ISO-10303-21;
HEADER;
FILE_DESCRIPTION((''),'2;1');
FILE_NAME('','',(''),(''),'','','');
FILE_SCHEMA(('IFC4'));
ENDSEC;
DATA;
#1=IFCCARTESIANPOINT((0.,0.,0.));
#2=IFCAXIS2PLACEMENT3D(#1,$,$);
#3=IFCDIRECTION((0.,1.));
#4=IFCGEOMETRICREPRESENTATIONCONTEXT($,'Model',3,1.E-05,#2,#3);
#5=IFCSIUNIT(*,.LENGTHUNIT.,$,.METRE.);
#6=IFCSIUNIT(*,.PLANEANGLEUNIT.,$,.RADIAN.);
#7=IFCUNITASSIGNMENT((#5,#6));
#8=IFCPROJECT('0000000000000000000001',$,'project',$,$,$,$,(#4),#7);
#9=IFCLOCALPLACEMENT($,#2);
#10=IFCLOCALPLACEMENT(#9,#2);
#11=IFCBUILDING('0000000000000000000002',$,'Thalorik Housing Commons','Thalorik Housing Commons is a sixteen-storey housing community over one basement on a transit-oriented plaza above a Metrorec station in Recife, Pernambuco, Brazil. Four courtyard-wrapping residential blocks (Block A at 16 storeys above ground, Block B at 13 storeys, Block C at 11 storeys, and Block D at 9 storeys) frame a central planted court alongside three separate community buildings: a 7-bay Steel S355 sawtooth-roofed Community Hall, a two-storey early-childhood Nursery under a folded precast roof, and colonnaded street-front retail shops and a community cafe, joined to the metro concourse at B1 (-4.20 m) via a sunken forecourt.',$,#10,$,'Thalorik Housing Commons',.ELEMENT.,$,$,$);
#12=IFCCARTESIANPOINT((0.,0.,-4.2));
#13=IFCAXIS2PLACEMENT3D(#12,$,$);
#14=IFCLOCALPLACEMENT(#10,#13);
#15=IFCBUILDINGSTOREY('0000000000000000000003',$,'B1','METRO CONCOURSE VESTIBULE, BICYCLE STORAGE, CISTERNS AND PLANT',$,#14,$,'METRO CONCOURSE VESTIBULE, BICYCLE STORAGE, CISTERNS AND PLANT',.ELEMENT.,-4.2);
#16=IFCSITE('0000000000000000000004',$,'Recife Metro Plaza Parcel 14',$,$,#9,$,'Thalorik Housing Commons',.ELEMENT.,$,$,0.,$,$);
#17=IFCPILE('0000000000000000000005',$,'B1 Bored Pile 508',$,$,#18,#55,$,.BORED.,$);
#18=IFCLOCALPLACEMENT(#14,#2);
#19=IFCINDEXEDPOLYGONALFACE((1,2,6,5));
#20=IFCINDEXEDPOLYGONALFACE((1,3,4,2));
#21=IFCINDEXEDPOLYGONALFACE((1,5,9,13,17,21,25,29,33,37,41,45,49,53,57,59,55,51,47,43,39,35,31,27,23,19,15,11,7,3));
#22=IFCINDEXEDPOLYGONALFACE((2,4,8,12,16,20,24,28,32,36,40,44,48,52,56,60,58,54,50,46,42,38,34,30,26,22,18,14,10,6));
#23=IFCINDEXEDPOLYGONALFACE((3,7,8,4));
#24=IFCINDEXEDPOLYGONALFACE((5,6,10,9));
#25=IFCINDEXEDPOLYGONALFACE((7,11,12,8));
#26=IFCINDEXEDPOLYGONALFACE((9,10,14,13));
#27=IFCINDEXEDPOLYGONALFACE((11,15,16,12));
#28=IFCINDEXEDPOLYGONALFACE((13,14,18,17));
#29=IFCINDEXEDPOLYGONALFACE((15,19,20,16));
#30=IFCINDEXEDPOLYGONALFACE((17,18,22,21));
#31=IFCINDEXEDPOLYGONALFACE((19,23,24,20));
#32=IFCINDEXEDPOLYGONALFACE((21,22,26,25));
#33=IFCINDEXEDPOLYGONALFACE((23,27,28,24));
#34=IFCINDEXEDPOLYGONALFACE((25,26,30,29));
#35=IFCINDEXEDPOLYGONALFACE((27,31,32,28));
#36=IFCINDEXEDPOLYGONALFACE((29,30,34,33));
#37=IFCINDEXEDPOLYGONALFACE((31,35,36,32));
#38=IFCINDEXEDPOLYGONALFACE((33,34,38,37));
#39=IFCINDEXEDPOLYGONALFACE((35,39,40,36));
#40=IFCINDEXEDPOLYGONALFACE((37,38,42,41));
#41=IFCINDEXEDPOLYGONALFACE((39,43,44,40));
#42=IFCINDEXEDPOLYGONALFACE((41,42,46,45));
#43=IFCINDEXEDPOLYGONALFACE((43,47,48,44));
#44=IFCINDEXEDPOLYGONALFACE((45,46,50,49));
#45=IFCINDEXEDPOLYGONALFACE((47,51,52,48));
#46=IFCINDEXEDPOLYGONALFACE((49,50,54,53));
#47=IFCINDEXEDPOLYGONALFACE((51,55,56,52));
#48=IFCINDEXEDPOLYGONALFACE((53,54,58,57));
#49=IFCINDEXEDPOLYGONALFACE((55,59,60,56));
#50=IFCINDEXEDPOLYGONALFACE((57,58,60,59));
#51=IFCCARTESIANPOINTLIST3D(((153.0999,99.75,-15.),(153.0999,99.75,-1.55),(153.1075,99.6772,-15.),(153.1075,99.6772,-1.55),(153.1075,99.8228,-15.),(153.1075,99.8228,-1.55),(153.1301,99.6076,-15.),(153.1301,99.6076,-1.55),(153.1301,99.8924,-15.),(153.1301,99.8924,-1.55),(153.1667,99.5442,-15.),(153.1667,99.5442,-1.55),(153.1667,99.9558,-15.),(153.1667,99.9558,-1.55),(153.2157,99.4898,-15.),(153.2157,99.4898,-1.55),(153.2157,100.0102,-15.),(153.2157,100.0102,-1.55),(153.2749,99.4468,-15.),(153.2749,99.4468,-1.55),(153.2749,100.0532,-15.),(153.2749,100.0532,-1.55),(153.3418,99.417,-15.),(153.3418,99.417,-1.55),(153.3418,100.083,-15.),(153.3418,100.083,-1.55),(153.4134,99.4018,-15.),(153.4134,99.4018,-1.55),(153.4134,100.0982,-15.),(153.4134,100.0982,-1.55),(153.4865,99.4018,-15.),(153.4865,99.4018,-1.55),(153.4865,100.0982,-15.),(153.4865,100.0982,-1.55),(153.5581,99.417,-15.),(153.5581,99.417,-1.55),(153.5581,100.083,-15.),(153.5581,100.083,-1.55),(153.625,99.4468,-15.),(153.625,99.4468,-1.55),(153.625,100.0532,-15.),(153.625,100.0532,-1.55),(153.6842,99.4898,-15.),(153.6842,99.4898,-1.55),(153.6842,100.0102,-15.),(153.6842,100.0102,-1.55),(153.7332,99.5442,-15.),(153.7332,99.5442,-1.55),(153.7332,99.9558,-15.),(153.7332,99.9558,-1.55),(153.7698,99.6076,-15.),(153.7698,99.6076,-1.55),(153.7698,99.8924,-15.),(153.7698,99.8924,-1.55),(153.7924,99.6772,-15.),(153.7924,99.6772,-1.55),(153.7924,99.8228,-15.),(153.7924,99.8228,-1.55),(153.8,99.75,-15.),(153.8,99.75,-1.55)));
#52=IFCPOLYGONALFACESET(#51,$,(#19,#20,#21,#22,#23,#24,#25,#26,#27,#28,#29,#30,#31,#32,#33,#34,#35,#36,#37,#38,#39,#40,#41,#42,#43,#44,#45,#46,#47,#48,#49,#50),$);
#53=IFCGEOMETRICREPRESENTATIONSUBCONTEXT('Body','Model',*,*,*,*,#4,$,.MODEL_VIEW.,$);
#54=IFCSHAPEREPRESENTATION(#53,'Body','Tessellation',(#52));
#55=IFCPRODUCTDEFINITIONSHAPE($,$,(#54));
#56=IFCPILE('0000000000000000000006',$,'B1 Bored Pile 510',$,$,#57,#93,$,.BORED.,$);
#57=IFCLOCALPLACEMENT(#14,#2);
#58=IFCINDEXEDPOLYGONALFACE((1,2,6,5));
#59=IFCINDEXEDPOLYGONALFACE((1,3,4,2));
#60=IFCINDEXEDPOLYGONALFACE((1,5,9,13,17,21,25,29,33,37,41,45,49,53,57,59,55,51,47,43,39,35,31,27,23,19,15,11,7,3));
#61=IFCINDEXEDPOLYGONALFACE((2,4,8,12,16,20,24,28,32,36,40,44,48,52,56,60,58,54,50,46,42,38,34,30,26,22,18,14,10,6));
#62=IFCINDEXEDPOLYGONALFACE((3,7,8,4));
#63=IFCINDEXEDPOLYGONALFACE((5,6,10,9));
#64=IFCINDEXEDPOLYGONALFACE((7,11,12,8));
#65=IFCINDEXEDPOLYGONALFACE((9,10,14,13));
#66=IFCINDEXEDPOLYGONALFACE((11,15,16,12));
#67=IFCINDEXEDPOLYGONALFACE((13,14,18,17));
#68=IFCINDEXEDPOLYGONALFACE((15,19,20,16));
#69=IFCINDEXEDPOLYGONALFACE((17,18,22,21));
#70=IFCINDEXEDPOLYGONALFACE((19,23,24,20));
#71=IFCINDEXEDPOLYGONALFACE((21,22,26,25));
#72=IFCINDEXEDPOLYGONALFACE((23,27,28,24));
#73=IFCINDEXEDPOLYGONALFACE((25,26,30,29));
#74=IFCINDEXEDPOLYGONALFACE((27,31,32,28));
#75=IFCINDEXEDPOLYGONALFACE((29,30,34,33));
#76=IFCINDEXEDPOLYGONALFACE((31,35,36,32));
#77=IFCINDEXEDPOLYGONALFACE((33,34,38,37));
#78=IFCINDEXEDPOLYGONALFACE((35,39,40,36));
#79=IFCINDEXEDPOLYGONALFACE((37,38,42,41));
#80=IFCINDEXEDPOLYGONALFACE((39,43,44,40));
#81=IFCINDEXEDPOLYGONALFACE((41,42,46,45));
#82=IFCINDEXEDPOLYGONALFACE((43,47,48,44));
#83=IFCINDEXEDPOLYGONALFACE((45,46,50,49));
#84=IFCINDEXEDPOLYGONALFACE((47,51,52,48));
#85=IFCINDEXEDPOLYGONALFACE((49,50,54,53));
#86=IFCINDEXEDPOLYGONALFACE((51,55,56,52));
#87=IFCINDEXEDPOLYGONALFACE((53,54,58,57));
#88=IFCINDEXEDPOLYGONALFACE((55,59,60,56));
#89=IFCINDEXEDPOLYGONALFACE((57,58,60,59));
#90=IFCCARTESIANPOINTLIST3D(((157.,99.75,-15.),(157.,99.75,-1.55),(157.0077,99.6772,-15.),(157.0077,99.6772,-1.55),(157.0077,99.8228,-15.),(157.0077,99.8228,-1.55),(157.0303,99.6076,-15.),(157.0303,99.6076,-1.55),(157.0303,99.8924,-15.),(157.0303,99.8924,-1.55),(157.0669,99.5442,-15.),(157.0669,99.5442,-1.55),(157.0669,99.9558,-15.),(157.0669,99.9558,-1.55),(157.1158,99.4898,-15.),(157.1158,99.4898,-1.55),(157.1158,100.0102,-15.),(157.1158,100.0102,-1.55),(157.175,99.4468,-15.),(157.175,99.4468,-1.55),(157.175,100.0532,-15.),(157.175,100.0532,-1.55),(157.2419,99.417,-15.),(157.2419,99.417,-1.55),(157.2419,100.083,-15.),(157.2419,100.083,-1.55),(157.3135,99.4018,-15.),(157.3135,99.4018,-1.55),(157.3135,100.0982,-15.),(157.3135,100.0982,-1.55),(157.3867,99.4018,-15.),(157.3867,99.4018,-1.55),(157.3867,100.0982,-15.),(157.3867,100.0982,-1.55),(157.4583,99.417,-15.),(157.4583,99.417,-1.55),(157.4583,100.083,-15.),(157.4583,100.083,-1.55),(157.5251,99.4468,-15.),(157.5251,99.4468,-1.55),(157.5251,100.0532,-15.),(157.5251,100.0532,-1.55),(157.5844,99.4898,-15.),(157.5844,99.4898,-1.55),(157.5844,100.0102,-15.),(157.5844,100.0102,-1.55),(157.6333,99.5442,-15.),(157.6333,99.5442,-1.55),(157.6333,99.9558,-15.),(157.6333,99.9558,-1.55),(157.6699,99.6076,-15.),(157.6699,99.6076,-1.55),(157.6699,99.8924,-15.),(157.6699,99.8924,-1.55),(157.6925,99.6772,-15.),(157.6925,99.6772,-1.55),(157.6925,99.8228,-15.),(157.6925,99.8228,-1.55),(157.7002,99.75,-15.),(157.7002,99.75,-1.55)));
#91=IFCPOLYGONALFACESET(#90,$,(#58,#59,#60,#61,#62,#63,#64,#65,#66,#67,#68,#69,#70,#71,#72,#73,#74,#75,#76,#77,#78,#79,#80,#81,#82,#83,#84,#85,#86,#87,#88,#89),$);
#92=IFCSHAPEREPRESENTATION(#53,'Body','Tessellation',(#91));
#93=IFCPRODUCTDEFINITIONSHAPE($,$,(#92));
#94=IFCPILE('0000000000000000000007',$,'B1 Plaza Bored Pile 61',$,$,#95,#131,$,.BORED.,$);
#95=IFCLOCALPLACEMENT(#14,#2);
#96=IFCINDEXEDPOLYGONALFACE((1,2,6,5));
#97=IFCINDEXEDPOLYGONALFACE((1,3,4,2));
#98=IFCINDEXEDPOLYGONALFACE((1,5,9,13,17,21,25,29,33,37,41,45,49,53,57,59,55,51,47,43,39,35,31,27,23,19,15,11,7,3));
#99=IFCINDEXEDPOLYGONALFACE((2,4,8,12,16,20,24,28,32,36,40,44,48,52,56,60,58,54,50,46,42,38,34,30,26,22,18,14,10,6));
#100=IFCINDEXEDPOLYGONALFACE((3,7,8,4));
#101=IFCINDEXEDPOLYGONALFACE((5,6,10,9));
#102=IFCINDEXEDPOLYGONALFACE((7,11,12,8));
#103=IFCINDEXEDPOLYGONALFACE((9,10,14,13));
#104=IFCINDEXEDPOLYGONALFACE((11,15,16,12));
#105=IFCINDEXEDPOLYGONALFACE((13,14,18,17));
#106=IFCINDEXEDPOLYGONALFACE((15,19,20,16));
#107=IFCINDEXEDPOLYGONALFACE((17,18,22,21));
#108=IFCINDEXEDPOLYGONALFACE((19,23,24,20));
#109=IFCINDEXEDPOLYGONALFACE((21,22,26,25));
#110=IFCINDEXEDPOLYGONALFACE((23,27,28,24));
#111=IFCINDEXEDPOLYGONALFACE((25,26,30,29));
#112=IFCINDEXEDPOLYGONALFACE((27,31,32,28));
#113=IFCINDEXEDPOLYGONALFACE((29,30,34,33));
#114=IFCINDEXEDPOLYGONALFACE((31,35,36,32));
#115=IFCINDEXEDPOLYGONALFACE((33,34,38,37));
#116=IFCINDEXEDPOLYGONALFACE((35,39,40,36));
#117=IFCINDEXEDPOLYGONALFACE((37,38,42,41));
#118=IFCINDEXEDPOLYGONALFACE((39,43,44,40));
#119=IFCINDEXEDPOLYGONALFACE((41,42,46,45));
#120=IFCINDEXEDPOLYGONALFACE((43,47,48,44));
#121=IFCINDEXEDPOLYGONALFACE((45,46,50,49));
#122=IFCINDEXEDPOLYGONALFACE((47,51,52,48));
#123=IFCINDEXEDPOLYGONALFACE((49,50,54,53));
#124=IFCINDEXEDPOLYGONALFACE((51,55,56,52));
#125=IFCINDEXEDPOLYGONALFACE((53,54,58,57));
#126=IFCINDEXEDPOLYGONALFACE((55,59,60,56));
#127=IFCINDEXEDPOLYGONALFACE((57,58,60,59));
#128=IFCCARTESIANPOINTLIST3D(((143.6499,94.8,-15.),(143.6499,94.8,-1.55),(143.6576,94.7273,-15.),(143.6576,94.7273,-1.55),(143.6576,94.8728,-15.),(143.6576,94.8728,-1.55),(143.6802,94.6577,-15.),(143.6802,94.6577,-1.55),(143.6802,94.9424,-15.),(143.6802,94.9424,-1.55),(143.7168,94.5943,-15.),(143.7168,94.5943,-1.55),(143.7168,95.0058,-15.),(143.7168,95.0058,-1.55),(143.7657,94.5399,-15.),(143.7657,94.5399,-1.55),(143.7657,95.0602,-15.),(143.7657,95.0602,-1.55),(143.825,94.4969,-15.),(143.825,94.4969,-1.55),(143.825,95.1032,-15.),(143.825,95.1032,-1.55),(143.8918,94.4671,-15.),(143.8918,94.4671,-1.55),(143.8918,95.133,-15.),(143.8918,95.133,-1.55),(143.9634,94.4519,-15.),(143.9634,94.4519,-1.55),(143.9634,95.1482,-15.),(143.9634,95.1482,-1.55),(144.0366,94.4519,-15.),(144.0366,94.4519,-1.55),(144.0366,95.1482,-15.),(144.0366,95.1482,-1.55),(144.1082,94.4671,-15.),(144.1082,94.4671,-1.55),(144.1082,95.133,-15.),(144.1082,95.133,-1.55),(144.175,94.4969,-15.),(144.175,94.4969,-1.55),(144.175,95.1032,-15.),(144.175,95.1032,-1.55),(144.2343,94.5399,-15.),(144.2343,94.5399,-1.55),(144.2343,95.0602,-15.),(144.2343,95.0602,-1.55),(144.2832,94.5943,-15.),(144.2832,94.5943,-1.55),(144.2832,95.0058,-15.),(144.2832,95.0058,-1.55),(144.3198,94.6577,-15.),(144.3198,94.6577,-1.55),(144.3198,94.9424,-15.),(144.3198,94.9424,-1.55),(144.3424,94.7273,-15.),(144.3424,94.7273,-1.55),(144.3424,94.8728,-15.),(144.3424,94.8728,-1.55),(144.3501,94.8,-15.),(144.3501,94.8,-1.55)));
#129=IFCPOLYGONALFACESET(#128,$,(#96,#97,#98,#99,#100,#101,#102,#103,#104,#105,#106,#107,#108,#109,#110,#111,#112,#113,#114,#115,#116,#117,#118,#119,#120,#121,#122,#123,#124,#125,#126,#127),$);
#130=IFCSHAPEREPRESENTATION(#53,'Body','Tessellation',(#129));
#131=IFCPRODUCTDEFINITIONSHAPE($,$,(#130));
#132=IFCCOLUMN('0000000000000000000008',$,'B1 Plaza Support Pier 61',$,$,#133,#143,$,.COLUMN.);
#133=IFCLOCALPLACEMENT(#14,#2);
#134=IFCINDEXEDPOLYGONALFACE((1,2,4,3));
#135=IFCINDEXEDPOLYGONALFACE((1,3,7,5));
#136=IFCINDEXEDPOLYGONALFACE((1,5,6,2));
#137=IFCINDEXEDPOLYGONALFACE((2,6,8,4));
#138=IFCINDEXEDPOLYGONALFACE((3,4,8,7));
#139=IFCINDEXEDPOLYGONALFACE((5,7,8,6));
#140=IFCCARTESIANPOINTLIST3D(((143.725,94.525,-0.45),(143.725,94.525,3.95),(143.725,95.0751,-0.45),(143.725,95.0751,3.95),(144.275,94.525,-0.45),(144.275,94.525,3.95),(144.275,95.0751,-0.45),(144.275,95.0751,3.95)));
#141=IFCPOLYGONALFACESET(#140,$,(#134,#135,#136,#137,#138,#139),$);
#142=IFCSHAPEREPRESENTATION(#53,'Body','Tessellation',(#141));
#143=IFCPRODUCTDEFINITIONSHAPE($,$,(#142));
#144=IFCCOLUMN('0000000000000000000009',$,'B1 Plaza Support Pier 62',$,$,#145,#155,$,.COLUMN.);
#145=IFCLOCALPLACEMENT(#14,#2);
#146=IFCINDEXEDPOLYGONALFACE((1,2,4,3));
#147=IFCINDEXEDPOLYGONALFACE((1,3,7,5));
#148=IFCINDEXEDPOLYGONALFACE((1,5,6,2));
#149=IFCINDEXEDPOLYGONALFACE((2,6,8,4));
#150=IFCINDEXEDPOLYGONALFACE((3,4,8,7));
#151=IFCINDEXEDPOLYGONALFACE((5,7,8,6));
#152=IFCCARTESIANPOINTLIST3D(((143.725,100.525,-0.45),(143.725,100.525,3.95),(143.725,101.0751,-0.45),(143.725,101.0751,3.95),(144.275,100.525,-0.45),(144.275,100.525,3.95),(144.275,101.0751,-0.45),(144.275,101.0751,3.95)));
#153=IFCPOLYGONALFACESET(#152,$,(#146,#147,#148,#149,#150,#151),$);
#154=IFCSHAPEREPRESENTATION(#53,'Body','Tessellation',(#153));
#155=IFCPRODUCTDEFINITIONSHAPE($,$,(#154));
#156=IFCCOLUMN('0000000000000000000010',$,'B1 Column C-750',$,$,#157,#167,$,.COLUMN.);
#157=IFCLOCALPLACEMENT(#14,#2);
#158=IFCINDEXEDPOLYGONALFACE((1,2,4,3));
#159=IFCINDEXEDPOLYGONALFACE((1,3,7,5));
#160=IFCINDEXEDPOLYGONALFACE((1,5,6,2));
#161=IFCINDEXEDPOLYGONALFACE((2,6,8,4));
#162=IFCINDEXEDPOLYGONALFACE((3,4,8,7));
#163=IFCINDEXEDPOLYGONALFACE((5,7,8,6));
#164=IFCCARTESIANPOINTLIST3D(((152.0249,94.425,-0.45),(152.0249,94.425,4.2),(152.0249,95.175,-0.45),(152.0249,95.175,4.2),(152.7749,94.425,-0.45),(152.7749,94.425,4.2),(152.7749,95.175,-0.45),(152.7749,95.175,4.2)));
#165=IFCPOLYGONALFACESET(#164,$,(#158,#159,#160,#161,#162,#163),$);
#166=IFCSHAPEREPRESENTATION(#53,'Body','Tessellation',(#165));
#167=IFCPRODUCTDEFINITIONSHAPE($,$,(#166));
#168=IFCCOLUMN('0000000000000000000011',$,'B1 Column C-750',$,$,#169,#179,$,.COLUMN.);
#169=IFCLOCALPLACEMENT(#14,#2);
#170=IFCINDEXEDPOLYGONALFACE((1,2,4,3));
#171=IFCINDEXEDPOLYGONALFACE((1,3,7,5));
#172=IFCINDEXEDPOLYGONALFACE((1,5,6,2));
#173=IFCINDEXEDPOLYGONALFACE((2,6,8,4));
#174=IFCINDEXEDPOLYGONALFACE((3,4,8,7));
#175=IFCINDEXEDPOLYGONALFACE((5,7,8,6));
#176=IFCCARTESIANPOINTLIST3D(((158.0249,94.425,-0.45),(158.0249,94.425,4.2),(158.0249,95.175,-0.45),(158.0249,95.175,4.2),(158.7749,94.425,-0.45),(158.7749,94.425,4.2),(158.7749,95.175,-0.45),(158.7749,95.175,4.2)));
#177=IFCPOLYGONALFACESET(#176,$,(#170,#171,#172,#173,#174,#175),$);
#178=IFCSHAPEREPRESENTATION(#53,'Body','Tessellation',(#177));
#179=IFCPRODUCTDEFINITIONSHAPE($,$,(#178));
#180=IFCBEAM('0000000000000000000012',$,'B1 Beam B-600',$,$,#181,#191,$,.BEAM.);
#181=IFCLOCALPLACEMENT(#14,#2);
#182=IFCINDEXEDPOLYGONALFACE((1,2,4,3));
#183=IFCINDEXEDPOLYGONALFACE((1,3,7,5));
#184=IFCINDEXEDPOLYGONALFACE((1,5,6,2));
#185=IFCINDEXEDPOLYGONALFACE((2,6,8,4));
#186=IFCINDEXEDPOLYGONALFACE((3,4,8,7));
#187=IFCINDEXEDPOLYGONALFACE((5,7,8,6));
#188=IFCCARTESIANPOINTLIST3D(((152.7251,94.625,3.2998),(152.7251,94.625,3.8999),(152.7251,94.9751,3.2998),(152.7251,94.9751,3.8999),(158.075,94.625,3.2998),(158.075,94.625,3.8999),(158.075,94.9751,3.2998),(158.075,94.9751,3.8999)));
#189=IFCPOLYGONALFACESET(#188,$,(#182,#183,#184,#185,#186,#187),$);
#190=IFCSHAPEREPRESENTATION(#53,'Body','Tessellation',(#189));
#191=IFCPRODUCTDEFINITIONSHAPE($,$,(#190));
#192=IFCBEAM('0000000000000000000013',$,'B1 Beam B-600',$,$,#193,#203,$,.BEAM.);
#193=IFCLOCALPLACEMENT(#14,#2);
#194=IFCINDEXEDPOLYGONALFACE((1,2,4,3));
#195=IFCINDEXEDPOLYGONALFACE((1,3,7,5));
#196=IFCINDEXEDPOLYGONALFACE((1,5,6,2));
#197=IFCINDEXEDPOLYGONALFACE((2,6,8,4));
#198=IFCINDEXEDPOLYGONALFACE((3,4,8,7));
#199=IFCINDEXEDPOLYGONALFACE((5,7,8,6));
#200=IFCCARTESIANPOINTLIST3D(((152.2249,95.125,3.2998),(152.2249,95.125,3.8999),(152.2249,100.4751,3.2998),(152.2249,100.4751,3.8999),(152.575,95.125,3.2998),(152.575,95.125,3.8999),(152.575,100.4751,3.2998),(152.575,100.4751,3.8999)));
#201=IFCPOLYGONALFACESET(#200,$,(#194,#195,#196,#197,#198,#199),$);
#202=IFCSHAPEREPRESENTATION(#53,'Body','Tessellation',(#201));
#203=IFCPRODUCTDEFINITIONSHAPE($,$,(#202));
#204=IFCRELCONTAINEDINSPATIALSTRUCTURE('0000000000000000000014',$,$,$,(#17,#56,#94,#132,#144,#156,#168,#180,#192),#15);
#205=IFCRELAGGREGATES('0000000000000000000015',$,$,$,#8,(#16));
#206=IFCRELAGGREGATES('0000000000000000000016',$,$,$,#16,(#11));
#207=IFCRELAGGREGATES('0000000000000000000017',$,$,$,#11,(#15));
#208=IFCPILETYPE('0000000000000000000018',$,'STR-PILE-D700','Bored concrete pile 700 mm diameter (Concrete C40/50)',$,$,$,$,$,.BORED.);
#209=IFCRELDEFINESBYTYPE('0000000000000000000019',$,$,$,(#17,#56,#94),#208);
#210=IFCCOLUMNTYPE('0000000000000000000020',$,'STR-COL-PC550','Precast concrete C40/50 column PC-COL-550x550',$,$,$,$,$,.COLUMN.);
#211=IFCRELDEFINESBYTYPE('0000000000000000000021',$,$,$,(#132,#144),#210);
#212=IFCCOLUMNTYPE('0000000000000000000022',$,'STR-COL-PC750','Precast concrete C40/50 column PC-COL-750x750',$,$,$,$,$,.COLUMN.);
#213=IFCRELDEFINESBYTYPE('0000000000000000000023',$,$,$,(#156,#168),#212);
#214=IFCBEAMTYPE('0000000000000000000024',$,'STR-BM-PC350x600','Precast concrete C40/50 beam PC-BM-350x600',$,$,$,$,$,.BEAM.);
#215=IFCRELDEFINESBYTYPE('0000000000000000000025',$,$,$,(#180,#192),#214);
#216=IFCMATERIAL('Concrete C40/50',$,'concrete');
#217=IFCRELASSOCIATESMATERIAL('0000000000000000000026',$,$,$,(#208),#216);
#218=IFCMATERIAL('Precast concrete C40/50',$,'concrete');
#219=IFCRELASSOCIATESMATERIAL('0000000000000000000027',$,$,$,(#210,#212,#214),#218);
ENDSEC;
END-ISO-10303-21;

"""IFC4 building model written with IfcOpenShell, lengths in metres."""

from ifc_helpers import new_model, si_unit, direction, frame, origin, origin_2d, place, context, subcontext, project, spatial, rectangle, circle, extrude, material, material_profile, profile_set, type_object, element, save


model = new_model("IFC4")

# Units and contexts
model_context = context("Model", 3, precision=1e-05, world=origin(), true_north=direction((0.0, 1.0)))
body_context = subcontext(model_context, "Body", "Model", "MODEL_VIEW")
ifc_project = project(units=[si_unit("LENGTHUNIT", "METRE"), si_unit("PLANEANGLEUNIT", "RADIAN")], contexts=[model_context])

# Site, building, storey
site_placement = place(None, origin())
site = spatial("IfcSite", under=ifc_project, at=site_placement, Name="Recife Metro Plaza Parcel 14", LongName="Thalorik Housing Commons", CompositionType="ELEMENT", RefElevation=0.0)
building_placement = place(site_placement, origin())
building = spatial("IfcBuilding", under=site, at=building_placement, Name="Thalorik Housing Commons", Description="Thalorik Housing Commons is a sixteen-storey housing community over one basement on a transit-oriented plaza above a Metrorec station in Recife, Pernambuco, Brazil. Four courtyard-wrapping residential blocks (Block A at 16 storeys above ground, Block B at 13 storeys, Block C at 11 storeys, and Block D at 9 storeys) frame a central planted court alongside three separate community buildings: a 7-bay Steel S355 sawtooth-roofed Community Hall, a two-storey early-childhood Nursery under a folded precast roof, and colonnaded street-front retail shops and a community cafe, joined to the metro concourse at B1 (-4.20 m) via a sunken forecourt.", LongName="Thalorik Housing Commons", CompositionType="ELEMENT")
storey_placement = place(building_placement, frame((0.0, 0.0, -4.2)))
storey = spatial("IfcBuildingStorey", under=building, at=storey_placement, Name="B1", Description="METRO CONCOURSE VESTIBULE, BICYCLE STORAGE, CISTERNS AND PLANT", LongName="METRO CONCOURSE VESTIBULE, BICYCLE STORAGE, CISTERNS AND PLANT", CompositionType="ELEMENT", Elevation=-4.2)

# Shared definitions
ifc_material_1 = material(Name="Concrete C40/50", Category="concrete")

# Piles
ifc_material_profile_1 = material_profile(ifc_material_1, circle(Radius=0.3501, at=origin_2d()), Name="BORED PILE D700", Category="concrete")
ifc_profile_set_1 = profile_set([ifc_material_profile_1], Name="Concrete C40/50")
pile_type = type_object("IfcPileType", Name="STR-PILE-D700", Description="Bored concrete pile 700 mm diameter (Concrete C40/50)", PredefinedType="BORED", material=ifc_profile_set_1)
for number, where, z_axis, x_axis, name in (
    (1, (153.45, 99.75, -1.55), (0.0, 0.0, -1.0), (1.0, 0.0, 0.0), "B1 Bored Pile 508"),
    (2, (157.3501, 99.75, -1.55), (0.0, 0.0, -1.0), (1.0, 0.0, 0.0), "B1 Bored Pile 510"),
    (3, (144.0, 94.8, -1.55), (0.0, 0.0, -1.0), (1.0, 0.0, 0.0), "B1 Plaza Bored Pile 61"),
):
    element("IfcPile", number, at=place(storey_placement, frame(where, z_axis=z_axis, x_axis=x_axis)), inside=storey, type_object=pile_type, Name=name, PredefinedType="BORED", context=body_context, shape_type="SweptSolid", body=[
        extrude(circle(Radius=0.3501, at=origin_2d()), origin(), (0.0, 0.0, 1.0), 13.45),
    ])

# Columns
ifc_material_2 = material(Name="Precast concrete C40/50", Category="concrete")
ifc_material_profile_2 = material_profile(ifc_material_2, rectangle(XDim=0.55, YDim=0.55, at=origin_2d()), Name="PC 550x550", Category="concrete")
ifc_profile_set_2 = profile_set([ifc_material_profile_2], Name="Precast concrete C40/50")
column_type_1 = type_object("IfcColumnType", Name="STR-COL-PC550", Description="Precast concrete C40/50 column PC-COL-550x550", PredefinedType="COLUMN", material=ifc_profile_set_2)
for number, where, z_axis, x_axis, name in (
    (4, (144.0, 94.8, -0.45), (0.0, 0.0, 1.0), (1.0, 0.0, 0.0), "B1 Plaza Support Pier 61"),
    (5, (144.0, 100.8, -0.45), (0.0, 0.0, 1.0), (1.0, 0.0, 0.0), "B1 Plaza Support Pier 62"),
):
    element("IfcColumn", number, at=place(storey_placement, frame(where, z_axis=z_axis, x_axis=x_axis)), inside=storey, type_object=column_type_1, Name=name, PredefinedType="COLUMN", context=body_context, shape_type="SweptSolid", body=[
        extrude(rectangle(XDim=0.55, YDim=0.55, at=origin_2d()), origin(), (0.0, 0.0, 1.0), 4.3999),
    ])
ifc_material_profile_3 = material_profile(ifc_material_2, rectangle(XDim=0.75, YDim=0.75, at=origin_2d()), Name="PC 750x750", Category="concrete")
ifc_profile_set_3 = profile_set([ifc_material_profile_3], Name="Precast concrete C40/50")
column_type_2 = type_object("IfcColumnType", Name="STR-COL-PC750", Description="Precast concrete C40/50 column PC-COL-750x750", PredefinedType="COLUMN", material=ifc_profile_set_3)
for number, where, z_axis, x_axis, name in (
    (6, (152.3999, 94.8, -0.45), (0.0, 0.0, 1.0), (1.0, 0.0, 0.0), "B1 Column C-750"),
    (7, (158.3999, 94.8, -0.45), (0.0, 0.0, 1.0), (1.0, 0.0, 0.0), "B1 Column C-750"),
):
    element("IfcColumn", number, at=place(storey_placement, frame(where, z_axis=z_axis, x_axis=x_axis)), inside=storey, type_object=column_type_2, Name=name, PredefinedType="COLUMN", context=body_context, shape_type="SweptSolid", body=[
        extrude(rectangle(XDim=0.75, YDim=0.75, at=origin_2d()), origin(), (0.0, 0.0, 1.0), 4.6499),
    ])

# Beams
ifc_material_profile_4 = material_profile(ifc_material_2, rectangle(XDim=0.3501, YDim=0.6001, at=origin_2d()), Name="PC 350x600", Category="concrete")
ifc_profile_set_4 = profile_set([ifc_material_profile_4], Name="Precast concrete C40/50")
beam_type = type_object("IfcBeamType", Name="STR-BM-PC350x600", Description="Precast concrete C40/50 beam PC-BM-350x600", PredefinedType="BEAM", material=ifc_profile_set_4)
beam_placement = place(storey_placement, frame((152.7251, 94.8, 3.5999), z_axis=(1.0, 0.0, 0.0), x_axis=(0.0, 1.0, 0.0)))
element("IfcBeam", 8, at=beam_placement, inside=storey, type_object=beam_type, Name="B1 Beam B-600", PredefinedType="BEAM", context=body_context, shape_type="SweptSolid", body=[
    extrude(rectangle(XDim=0.3501, YDim=0.6001, at=origin_2d()), origin(), (0.0, 0.0, 1.0), 5.3499),
])
for number, where, z_axis, x_axis, name in (
    (9, (152.3999, 95.125, 3.5999), (0.0, 1.0, 0.0), (-1.0, 0.0, 0.0), "B1 Beam B-600"),
):
    element("IfcBeam", number, at=place(storey_placement, frame(where, z_axis=z_axis, x_axis=x_axis)), inside=storey, type_object=beam_type, Name=name, PredefinedType="BEAM", context=body_context, shape_type="SweptSolid", body=[
        extrude(rectangle(XDim=0.3501, YDim=0.6001, at=origin_2d()), origin(), (0.0, 0.0, 1.0), 5.3501),
    ])

save(model, "model.ifc")
